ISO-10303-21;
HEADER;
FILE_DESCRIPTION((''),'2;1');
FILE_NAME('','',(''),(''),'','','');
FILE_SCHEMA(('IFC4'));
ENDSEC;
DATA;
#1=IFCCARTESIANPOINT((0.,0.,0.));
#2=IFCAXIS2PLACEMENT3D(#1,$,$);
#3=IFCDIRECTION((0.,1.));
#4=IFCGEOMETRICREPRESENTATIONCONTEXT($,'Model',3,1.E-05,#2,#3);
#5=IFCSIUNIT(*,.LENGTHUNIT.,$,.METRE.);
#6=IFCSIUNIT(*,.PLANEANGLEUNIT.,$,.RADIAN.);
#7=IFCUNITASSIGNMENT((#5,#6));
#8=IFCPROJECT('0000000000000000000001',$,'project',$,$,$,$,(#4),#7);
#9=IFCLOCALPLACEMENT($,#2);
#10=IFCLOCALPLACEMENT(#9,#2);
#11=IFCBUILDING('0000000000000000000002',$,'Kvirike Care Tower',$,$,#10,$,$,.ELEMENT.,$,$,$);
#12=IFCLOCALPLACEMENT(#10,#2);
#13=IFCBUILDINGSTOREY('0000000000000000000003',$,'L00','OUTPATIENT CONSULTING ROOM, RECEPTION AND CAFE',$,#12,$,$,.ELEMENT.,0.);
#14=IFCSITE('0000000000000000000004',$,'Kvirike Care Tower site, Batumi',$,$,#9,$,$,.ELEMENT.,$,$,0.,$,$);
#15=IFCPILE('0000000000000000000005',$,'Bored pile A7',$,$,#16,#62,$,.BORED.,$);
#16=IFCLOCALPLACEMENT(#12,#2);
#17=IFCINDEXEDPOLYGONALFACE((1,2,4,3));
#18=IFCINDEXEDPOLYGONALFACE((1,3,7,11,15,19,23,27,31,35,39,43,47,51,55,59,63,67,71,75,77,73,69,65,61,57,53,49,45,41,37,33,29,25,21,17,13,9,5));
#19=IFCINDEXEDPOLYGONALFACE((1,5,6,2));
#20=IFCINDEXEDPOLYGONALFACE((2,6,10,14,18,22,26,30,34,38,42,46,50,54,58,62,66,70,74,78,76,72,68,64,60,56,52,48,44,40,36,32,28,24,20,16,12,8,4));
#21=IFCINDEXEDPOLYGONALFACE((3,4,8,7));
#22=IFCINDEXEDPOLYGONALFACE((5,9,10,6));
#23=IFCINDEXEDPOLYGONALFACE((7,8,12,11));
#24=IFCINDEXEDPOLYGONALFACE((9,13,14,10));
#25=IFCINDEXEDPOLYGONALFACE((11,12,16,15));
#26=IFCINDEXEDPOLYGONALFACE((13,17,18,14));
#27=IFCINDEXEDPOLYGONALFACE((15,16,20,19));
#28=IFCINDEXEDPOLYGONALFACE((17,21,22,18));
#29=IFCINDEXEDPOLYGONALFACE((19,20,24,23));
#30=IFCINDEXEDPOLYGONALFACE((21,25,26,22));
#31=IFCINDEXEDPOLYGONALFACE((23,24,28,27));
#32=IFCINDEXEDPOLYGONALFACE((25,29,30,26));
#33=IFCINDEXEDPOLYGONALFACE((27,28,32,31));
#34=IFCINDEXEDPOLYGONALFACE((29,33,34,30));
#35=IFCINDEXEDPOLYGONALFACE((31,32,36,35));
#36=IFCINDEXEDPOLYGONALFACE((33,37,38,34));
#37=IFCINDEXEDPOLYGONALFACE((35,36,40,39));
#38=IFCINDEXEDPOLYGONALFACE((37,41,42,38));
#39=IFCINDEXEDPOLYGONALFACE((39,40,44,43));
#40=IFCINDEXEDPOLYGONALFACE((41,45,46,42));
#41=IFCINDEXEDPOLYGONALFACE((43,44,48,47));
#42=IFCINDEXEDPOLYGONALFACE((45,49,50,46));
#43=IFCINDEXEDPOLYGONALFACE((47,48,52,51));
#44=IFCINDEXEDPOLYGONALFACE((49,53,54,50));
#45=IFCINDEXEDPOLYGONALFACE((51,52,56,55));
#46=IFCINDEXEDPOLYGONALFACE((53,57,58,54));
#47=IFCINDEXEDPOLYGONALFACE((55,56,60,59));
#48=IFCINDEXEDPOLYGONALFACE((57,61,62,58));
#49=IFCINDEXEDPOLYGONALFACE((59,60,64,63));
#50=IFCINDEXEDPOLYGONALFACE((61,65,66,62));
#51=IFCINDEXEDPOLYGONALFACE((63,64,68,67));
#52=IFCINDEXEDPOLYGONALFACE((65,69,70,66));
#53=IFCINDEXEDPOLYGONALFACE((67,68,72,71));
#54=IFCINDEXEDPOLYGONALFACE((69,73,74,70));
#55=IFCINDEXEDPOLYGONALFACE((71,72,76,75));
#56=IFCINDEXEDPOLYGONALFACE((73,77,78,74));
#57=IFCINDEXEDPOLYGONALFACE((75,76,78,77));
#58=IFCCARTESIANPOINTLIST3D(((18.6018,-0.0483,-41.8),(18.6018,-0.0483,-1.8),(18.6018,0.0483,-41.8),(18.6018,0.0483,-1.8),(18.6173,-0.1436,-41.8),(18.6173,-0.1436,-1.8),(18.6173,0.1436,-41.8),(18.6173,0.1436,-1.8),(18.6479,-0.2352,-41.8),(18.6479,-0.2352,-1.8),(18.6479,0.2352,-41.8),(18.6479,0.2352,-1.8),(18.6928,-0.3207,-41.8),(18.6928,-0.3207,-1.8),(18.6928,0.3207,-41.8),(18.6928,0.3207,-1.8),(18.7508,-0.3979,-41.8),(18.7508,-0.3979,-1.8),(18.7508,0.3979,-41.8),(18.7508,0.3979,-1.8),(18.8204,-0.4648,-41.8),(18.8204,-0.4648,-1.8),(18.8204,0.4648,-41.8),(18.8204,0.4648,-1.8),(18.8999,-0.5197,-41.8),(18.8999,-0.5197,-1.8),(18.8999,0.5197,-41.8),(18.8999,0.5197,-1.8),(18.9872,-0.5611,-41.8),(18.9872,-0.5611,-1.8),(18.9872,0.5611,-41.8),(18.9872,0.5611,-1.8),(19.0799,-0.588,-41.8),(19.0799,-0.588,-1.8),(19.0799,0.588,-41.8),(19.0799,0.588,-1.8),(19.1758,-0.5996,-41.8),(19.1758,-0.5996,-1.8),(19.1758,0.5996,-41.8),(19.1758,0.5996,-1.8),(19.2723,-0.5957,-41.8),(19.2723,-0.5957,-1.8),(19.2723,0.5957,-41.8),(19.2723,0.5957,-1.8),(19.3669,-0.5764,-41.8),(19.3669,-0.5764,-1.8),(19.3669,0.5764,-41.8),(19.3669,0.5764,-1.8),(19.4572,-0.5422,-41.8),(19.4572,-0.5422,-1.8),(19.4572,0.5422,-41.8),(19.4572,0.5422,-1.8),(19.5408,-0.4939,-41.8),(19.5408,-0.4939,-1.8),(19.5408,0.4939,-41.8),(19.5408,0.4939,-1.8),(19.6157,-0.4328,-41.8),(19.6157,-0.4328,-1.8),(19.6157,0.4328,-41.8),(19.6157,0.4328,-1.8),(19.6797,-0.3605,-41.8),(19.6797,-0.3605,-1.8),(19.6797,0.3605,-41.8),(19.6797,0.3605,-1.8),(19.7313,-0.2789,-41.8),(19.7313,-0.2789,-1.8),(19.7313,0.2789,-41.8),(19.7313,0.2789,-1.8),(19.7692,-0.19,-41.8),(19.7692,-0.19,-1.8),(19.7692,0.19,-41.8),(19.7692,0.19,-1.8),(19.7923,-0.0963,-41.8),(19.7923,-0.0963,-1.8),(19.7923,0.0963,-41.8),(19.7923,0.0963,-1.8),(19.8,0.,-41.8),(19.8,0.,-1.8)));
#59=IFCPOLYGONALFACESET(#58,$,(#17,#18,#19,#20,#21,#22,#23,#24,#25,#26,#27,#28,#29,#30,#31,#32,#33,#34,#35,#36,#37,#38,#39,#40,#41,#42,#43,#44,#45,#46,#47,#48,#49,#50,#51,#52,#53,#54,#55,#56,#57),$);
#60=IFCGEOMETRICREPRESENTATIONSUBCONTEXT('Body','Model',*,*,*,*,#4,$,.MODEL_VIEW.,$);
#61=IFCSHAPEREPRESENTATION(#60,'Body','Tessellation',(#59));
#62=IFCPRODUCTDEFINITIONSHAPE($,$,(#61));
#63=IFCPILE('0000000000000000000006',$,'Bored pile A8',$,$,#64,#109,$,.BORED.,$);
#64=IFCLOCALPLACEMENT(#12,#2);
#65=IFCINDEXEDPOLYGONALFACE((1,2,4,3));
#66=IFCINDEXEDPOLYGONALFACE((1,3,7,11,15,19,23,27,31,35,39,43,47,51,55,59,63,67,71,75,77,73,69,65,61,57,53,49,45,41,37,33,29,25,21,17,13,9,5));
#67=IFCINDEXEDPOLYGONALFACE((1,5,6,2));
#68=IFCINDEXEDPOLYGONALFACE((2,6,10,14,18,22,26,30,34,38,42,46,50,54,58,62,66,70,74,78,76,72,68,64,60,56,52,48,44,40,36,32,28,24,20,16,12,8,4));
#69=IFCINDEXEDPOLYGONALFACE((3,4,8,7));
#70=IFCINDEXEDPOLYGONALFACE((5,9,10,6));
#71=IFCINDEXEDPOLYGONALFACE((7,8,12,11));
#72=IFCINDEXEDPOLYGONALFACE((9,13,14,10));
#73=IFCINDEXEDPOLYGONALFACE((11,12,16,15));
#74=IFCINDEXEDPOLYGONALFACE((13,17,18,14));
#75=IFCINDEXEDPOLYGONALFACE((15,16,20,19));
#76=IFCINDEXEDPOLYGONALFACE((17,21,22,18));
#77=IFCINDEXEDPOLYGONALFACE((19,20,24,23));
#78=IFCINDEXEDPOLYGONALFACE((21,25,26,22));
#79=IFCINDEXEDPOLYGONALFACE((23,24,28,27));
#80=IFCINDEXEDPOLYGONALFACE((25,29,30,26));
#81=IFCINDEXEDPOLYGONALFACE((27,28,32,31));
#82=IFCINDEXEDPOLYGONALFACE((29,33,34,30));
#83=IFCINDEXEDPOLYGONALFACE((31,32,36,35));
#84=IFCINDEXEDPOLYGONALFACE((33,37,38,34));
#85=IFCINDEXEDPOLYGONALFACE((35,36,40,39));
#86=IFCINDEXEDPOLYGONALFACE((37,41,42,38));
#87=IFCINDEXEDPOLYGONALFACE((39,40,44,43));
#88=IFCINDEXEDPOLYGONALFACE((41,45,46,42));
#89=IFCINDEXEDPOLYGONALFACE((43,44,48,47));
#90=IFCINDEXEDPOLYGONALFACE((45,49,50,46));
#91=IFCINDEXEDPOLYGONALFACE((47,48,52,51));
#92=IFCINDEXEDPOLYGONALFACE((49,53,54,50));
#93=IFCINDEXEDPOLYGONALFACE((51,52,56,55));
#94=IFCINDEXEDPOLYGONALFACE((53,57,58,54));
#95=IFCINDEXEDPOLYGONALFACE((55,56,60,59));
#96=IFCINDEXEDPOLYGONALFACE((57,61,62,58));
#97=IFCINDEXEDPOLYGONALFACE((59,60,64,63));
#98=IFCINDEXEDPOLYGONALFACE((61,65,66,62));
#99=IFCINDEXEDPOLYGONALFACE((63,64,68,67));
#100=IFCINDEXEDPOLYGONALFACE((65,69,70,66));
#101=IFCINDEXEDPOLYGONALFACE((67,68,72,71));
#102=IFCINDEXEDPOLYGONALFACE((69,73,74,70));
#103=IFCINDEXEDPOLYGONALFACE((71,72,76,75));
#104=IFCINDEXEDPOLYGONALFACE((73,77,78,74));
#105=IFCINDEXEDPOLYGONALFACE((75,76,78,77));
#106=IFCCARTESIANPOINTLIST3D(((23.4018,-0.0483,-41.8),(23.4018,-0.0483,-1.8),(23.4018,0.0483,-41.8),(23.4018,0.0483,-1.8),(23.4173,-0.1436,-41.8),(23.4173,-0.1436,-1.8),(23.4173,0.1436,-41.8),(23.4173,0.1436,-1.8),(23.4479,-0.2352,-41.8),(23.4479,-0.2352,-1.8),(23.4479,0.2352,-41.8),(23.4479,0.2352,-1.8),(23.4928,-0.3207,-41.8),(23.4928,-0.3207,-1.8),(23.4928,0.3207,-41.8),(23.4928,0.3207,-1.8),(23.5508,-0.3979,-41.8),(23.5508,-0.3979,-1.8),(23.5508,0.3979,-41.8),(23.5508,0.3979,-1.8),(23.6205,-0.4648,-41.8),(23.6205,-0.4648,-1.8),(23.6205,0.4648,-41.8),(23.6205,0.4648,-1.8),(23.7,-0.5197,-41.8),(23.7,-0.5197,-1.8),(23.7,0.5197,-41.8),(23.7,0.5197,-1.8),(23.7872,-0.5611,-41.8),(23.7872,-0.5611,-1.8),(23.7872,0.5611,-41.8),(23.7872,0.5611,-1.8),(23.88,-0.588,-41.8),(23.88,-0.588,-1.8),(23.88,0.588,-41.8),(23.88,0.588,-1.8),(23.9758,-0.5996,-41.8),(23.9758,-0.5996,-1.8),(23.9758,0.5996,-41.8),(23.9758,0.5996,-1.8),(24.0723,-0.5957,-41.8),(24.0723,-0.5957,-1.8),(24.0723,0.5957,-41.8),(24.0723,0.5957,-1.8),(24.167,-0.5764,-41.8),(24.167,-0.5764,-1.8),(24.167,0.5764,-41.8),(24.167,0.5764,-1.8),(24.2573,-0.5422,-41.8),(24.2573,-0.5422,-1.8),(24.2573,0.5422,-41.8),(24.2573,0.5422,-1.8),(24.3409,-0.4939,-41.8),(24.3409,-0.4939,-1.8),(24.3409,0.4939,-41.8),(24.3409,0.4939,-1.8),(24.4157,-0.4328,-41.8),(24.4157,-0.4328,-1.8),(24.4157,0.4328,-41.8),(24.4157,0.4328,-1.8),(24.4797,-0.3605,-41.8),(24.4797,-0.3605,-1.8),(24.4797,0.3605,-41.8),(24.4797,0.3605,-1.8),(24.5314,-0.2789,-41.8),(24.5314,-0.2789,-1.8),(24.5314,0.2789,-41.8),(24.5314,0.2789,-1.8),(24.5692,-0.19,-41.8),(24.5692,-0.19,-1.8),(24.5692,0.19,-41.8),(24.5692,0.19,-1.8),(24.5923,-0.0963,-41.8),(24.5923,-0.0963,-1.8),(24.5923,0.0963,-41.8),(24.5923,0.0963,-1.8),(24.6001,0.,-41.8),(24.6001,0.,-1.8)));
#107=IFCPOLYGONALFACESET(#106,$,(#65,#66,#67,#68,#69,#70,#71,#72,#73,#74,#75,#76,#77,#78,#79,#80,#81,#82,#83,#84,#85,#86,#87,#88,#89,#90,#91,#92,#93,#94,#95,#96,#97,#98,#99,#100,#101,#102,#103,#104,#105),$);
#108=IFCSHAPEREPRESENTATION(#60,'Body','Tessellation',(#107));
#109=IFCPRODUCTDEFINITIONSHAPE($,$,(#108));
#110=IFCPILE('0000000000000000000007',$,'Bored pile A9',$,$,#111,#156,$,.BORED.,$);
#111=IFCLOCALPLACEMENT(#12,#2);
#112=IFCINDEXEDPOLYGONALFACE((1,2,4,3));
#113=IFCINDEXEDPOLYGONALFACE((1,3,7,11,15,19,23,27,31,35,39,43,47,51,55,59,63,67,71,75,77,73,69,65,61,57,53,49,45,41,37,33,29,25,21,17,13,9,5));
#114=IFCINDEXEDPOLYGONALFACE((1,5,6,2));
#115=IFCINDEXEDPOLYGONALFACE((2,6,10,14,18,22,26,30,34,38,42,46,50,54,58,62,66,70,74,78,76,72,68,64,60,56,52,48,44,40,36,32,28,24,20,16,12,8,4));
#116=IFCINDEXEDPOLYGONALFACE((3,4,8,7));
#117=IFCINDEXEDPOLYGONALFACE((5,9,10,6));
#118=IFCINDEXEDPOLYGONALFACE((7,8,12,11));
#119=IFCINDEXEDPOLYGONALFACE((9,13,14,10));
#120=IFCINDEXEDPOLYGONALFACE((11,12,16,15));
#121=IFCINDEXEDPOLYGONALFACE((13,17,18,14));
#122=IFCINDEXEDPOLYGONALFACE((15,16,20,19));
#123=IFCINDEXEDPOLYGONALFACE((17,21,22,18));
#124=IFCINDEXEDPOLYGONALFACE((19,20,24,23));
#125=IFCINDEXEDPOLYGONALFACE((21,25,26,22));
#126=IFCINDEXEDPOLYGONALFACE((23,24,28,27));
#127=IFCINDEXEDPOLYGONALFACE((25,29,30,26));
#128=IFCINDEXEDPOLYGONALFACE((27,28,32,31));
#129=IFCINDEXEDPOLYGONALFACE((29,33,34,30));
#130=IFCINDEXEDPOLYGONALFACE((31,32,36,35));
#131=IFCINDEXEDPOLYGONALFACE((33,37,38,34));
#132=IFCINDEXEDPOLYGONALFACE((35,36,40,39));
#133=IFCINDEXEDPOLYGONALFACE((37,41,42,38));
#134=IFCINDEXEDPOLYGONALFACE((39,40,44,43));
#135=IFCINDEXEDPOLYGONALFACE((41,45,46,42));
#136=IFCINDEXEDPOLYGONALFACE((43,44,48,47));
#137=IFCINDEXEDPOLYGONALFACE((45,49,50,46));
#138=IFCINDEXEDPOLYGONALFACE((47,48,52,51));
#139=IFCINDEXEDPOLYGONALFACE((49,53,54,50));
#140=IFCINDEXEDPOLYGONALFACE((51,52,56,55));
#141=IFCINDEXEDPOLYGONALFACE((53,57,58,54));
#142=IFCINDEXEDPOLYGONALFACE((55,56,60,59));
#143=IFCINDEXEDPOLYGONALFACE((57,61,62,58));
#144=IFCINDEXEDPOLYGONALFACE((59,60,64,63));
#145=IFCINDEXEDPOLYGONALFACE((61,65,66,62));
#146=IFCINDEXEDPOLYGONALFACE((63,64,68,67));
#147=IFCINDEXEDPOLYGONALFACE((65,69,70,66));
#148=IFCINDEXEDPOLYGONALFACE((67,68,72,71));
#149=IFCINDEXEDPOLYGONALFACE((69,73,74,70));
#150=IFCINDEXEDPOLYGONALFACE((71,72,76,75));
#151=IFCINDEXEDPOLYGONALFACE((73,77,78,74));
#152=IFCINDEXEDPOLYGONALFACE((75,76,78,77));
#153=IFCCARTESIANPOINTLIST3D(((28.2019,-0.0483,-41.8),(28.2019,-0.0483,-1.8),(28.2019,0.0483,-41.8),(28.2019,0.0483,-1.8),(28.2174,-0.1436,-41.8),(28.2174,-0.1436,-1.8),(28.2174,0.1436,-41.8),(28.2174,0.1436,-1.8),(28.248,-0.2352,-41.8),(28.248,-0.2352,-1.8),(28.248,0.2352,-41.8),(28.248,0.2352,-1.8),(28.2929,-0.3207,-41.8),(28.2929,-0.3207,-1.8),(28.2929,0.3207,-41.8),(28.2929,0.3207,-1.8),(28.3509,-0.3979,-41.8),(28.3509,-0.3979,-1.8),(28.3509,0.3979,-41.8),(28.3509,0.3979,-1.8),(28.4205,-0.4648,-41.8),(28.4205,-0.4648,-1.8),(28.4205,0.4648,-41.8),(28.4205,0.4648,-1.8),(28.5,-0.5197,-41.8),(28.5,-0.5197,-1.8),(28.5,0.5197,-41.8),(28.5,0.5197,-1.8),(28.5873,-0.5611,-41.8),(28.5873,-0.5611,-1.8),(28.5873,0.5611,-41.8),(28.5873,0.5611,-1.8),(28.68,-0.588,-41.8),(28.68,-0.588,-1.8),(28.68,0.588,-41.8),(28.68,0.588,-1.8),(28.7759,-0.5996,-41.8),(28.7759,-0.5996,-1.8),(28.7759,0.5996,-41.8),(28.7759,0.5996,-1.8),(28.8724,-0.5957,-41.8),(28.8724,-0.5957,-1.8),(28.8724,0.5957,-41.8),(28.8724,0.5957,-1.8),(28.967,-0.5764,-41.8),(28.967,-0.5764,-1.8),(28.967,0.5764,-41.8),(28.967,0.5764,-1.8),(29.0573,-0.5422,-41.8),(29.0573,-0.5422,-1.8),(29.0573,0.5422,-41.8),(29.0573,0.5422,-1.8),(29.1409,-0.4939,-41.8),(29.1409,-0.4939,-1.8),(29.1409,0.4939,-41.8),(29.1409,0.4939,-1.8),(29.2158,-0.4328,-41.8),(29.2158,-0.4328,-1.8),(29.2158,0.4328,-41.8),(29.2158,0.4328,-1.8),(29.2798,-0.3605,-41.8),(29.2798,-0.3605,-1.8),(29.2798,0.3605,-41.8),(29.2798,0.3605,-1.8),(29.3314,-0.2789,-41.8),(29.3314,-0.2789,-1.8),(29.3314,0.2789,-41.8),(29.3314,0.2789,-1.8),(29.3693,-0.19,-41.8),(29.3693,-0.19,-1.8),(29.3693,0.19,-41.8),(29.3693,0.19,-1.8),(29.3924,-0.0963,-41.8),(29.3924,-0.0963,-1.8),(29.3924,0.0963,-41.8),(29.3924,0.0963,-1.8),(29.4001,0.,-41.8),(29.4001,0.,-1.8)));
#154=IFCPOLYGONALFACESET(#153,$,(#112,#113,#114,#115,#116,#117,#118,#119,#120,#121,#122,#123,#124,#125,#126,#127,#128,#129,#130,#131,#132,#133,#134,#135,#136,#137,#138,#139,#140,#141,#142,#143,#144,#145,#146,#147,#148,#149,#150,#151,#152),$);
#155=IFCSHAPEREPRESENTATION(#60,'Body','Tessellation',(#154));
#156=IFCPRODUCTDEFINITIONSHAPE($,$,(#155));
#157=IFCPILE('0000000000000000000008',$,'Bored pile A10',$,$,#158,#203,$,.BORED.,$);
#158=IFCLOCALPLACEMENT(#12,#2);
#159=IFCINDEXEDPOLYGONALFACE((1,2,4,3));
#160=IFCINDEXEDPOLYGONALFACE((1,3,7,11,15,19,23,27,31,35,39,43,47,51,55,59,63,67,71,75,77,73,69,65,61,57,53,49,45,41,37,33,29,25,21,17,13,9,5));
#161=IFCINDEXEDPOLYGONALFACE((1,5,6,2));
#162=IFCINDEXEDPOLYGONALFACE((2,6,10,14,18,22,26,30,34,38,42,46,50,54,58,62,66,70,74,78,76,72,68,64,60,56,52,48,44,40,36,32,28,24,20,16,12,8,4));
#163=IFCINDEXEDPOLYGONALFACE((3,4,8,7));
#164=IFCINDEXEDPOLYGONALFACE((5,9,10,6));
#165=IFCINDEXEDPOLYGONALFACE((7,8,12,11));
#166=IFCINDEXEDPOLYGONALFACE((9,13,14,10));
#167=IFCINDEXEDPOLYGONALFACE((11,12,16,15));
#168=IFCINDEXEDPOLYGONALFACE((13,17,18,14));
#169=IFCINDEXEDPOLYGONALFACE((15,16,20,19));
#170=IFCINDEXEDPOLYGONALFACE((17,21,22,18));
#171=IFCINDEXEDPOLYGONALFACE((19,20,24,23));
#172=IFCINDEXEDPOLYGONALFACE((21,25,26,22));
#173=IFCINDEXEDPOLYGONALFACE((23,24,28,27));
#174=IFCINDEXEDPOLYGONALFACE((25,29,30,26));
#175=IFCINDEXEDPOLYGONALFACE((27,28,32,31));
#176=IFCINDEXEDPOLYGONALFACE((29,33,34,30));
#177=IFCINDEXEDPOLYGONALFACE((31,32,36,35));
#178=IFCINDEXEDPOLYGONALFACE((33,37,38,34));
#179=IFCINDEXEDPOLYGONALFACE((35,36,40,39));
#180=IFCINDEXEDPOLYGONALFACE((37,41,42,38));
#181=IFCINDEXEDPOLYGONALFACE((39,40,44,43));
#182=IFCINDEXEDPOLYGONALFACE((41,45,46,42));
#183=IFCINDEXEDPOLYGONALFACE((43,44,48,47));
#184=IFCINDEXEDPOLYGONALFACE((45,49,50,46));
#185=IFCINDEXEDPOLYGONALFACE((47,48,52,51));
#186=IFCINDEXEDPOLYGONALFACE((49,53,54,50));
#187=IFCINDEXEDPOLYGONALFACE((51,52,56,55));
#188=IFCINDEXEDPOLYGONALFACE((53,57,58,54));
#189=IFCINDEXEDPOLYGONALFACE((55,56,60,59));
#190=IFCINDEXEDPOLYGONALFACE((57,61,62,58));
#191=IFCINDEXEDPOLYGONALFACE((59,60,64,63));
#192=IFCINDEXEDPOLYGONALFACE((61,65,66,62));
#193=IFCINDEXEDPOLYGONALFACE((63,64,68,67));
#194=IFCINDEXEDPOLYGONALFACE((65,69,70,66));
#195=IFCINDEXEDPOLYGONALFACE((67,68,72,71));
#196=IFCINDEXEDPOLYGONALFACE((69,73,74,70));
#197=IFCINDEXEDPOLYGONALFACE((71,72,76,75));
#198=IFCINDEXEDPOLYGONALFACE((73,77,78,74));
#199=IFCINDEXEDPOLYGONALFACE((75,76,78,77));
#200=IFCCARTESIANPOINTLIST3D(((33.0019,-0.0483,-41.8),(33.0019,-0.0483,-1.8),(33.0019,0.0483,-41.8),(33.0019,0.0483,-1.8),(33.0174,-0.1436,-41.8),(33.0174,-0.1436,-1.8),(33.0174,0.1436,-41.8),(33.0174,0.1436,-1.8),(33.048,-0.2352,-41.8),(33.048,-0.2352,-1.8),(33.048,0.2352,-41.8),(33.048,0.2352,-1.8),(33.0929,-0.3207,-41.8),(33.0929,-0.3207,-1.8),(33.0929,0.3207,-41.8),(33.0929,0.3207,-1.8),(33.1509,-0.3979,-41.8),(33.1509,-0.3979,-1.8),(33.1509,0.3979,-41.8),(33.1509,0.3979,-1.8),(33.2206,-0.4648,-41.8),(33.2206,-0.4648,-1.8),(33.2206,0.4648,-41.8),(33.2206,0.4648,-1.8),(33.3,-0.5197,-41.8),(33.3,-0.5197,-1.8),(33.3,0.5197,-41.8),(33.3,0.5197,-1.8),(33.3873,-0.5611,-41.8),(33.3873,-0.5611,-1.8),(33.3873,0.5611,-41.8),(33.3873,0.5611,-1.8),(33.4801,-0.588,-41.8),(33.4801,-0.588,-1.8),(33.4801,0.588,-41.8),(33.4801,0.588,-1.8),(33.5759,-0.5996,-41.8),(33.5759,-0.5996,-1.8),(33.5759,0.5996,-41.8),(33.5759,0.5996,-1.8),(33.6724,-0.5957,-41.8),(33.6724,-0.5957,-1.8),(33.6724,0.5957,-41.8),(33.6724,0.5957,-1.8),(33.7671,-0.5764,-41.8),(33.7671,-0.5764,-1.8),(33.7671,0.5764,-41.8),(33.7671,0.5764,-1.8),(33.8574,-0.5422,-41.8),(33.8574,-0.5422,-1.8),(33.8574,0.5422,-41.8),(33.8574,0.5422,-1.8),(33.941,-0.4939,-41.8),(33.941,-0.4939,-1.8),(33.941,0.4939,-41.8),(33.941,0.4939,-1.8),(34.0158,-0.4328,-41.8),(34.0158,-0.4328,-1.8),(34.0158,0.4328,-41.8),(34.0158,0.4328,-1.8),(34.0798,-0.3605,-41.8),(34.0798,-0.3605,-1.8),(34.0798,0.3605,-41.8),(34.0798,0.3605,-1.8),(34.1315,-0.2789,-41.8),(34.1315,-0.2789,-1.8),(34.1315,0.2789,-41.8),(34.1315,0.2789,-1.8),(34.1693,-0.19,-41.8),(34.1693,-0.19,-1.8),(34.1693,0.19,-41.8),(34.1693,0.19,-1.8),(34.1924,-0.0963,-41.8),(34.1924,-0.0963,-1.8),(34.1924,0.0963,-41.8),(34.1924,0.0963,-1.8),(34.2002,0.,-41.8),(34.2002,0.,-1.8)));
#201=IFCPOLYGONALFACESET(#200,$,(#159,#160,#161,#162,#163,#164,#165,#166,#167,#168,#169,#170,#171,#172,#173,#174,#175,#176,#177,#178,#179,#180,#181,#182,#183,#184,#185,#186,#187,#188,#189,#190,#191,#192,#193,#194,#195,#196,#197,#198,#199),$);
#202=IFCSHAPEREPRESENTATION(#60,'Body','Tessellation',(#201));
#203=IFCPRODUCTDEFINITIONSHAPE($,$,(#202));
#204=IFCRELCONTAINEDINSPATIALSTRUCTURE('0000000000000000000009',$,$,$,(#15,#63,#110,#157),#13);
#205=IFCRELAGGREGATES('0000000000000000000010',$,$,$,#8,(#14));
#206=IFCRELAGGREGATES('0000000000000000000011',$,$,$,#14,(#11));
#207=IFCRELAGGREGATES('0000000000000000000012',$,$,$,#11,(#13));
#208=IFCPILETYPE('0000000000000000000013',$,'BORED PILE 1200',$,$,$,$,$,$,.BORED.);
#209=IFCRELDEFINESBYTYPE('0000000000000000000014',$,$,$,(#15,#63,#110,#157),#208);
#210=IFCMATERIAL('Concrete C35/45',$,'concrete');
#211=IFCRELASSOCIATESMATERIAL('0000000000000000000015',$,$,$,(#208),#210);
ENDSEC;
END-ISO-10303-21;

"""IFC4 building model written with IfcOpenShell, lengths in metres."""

from ifc_helpers import new_model, si_unit, direction, frame, origin, origin_2d, place, context, subcontext, project, spatial, circle, extrude, material, material_profile, profile_set, type_object, element, save


model = new_model("IFC4")

# Units and contexts
model_context = context("Model", 3, precision=1e-05, world=origin(), true_north=direction((0.0, 1.0)))
body_context = subcontext(model_context, "Body", "Model", "MODEL_VIEW")
ifc_project = project(units=[si_unit("LENGTHUNIT", "METRE"), si_unit("PLANEANGLEUNIT", "RADIAN")], contexts=[model_context])

# Site, building, storey
site_placement = place(None, origin())
site = spatial("IfcSite", under=ifc_project, at=site_placement, Name="Kvirike Care Tower site, Batumi", CompositionType="ELEMENT", RefElevation=0.0)
building_placement = place(site_placement, origin())
building = spatial("IfcBuilding", under=site, at=building_placement, Name="Kvirike Care Tower", CompositionType="ELEMENT")
storey_placement = place(building_placement, origin())
storey = spatial("IfcBuildingStorey", under=building, at=storey_placement, Name="L00", Description="OUTPATIENT CONSULTING ROOM, RECEPTION AND CAFE", CompositionType="ELEMENT", Elevation=0.0)

# Piles
ifc_material_1 = material(Name="Concrete C35/45", Category="concrete")
ifc_material_profile_1 = material_profile(ifc_material_1, circle(Radius=0.6001, at=origin_2d()), Name="BORED PILE 1200")
ifc_profile_set_1 = profile_set([ifc_material_profile_1], Name="Concrete C35/45")
pile_type_1 = type_object("IfcPileType", Name="BORED PILE 1200", PredefinedType="BORED", material=ifc_profile_set_1)
for number, where, z_axis, x_axis, name in (
    (1, (19.2, 0.0, -1.8), (0.0, 0.0, -1.0), (1.0, 0.0, 0.0), "Bored pile A7"),
    (2, (24.0, 0.0, -1.8), (0.0, 0.0, -1.0), (1.0, 0.0, 0.0), "Bored pile A8"),
    (3, (28.8, 0.0, -1.8), (0.0, 0.0, -1.0), (1.0, 0.0, 0.0), "Bored pile A9"),
    (4, (33.6001, 0.0, -1.8), (0.0, 0.0, -1.0), (1.0, 0.0, 0.0), "Bored pile A10"),
):
    element("IfcPile", number, at=place(storey_placement, frame(where, z_axis=z_axis, x_axis=x_axis)), inside=storey, type_object=pile_type_1, Name=name, PredefinedType="BORED", context=body_context, shape_type="SweptSolid", body=[
        extrude(circle(Radius=0.6001, at=origin_2d()), origin(), (0.0, 0.0, 1.0), 40.0),
    ])

save(model, "model.ifc")
